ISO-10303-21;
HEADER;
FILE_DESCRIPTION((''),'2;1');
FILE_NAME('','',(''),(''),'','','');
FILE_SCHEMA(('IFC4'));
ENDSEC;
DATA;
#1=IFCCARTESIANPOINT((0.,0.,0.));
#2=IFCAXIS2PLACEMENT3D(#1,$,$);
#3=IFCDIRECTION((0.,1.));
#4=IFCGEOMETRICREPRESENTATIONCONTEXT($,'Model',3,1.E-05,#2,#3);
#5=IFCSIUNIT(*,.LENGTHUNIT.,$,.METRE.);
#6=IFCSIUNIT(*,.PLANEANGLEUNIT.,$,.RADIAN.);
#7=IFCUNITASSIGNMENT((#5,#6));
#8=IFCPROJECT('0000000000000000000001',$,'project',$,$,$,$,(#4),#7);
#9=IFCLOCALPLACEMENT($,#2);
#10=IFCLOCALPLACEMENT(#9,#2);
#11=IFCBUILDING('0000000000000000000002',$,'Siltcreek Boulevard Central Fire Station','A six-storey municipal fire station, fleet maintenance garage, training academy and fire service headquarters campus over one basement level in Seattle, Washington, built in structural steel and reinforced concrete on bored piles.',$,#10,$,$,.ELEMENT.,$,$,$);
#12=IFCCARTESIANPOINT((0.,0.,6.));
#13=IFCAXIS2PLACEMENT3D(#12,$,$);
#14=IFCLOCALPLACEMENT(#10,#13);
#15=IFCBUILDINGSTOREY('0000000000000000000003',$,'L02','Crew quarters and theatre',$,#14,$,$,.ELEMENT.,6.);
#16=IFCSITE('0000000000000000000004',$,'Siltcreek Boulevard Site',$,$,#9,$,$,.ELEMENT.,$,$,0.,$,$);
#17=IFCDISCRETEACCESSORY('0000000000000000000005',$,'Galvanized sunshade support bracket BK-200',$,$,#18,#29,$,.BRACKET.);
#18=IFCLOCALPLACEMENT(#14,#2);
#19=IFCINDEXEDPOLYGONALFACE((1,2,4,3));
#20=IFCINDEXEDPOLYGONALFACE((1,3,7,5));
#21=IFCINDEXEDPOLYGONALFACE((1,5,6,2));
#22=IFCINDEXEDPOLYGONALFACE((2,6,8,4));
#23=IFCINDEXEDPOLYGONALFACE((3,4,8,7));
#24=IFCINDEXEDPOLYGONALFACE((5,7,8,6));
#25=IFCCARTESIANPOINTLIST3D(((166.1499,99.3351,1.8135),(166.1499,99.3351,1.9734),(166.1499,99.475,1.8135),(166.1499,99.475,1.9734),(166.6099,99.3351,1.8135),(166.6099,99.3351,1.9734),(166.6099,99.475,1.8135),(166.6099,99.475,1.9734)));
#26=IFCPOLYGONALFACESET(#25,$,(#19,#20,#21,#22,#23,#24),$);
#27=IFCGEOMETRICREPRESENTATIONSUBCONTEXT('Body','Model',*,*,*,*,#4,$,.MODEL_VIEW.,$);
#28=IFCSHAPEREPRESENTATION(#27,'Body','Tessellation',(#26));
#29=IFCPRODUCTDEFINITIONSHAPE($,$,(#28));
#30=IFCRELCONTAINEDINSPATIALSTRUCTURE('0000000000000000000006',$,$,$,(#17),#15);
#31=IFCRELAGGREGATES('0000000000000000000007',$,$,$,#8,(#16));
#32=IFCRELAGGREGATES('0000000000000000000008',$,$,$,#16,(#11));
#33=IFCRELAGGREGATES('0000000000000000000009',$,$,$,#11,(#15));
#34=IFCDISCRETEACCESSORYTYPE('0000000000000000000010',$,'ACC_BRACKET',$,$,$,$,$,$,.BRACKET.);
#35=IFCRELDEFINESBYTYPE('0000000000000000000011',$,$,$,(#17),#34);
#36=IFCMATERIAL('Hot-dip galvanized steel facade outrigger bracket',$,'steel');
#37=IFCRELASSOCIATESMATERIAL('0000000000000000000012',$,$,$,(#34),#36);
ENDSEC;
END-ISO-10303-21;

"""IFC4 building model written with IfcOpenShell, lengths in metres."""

from ifc_helpers import new_model, si_unit, direction, frame, origin, origin_2d, place, context, subcontext, project, spatial, rectangle, extrude, material, type_object, element, save


model = new_model("IFC4")

# Units and contexts
model_context = context("Model", 3, precision=1e-05, world=origin(), true_north=direction((0.0, 1.0)))
body_context = subcontext(model_context, "Body", "Model", "MODEL_VIEW")
ifc_project = project(units=[si_unit("LENGTHUNIT", "METRE"), si_unit("PLANEANGLEUNIT", "RADIAN")], contexts=[model_context])

# Site, building, storey
site_placement = place(None, origin())
site = spatial("IfcSite", under=ifc_project, at=site_placement, Name="Siltcreek Boulevard Site", CompositionType="ELEMENT", RefElevation=0.0)
building_placement = place(site_placement, origin())
building = spatial("IfcBuilding", under=site, at=building_placement, Name="Siltcreek Boulevard Central Fire Station", Description="A six-storey municipal fire station, fleet maintenance garage, training academy and fire service headquarters campus over one basement level in Seattle, Washington, built in structural steel and reinforced concrete on bored piles.", CompositionType="ELEMENT")
storey_placement = place(building_placement, frame((0.0, 0.0, 6.0)))
storey = spatial("IfcBuildingStorey", under=building, at=storey_placement, Name="L02", Description="Crew quarters and theatre", CompositionType="ELEMENT", Elevation=6.0)

# Discrete accessory
ifc_material_1 = material(Name="Hot-dip galvanized steel facade outrigger bracket", Category="steel")
discrete_accessory_type = type_object("IfcDiscreteAccessoryType", Name="ACC_BRACKET", PredefinedType="BRACKET", material=ifc_material_1)
for number, where, z_axis, x_axis, name in (
    (1, (166.3799, 99.405, 1.8135), (0.0, 0.0, 1.0), (0.0, 1.0, 0.0), "Galvanized sunshade support bracket BK-200"),
):
    element("IfcDiscreteAccessory", number, at=place(storey_placement, frame(where, z_axis=z_axis, x_axis=x_axis)), inside=storey, type_object=discrete_accessory_type, Name=name, PredefinedType="BRACKET", context=body_context, shape_type="SweptSolid", body=[
        extrude(rectangle(XDim=0.1399, YDim=0.46, at=origin_2d()), origin(), (0.0, 0.0, 1.0), 0.1599),
    ])

save(model, "model.ifc")
